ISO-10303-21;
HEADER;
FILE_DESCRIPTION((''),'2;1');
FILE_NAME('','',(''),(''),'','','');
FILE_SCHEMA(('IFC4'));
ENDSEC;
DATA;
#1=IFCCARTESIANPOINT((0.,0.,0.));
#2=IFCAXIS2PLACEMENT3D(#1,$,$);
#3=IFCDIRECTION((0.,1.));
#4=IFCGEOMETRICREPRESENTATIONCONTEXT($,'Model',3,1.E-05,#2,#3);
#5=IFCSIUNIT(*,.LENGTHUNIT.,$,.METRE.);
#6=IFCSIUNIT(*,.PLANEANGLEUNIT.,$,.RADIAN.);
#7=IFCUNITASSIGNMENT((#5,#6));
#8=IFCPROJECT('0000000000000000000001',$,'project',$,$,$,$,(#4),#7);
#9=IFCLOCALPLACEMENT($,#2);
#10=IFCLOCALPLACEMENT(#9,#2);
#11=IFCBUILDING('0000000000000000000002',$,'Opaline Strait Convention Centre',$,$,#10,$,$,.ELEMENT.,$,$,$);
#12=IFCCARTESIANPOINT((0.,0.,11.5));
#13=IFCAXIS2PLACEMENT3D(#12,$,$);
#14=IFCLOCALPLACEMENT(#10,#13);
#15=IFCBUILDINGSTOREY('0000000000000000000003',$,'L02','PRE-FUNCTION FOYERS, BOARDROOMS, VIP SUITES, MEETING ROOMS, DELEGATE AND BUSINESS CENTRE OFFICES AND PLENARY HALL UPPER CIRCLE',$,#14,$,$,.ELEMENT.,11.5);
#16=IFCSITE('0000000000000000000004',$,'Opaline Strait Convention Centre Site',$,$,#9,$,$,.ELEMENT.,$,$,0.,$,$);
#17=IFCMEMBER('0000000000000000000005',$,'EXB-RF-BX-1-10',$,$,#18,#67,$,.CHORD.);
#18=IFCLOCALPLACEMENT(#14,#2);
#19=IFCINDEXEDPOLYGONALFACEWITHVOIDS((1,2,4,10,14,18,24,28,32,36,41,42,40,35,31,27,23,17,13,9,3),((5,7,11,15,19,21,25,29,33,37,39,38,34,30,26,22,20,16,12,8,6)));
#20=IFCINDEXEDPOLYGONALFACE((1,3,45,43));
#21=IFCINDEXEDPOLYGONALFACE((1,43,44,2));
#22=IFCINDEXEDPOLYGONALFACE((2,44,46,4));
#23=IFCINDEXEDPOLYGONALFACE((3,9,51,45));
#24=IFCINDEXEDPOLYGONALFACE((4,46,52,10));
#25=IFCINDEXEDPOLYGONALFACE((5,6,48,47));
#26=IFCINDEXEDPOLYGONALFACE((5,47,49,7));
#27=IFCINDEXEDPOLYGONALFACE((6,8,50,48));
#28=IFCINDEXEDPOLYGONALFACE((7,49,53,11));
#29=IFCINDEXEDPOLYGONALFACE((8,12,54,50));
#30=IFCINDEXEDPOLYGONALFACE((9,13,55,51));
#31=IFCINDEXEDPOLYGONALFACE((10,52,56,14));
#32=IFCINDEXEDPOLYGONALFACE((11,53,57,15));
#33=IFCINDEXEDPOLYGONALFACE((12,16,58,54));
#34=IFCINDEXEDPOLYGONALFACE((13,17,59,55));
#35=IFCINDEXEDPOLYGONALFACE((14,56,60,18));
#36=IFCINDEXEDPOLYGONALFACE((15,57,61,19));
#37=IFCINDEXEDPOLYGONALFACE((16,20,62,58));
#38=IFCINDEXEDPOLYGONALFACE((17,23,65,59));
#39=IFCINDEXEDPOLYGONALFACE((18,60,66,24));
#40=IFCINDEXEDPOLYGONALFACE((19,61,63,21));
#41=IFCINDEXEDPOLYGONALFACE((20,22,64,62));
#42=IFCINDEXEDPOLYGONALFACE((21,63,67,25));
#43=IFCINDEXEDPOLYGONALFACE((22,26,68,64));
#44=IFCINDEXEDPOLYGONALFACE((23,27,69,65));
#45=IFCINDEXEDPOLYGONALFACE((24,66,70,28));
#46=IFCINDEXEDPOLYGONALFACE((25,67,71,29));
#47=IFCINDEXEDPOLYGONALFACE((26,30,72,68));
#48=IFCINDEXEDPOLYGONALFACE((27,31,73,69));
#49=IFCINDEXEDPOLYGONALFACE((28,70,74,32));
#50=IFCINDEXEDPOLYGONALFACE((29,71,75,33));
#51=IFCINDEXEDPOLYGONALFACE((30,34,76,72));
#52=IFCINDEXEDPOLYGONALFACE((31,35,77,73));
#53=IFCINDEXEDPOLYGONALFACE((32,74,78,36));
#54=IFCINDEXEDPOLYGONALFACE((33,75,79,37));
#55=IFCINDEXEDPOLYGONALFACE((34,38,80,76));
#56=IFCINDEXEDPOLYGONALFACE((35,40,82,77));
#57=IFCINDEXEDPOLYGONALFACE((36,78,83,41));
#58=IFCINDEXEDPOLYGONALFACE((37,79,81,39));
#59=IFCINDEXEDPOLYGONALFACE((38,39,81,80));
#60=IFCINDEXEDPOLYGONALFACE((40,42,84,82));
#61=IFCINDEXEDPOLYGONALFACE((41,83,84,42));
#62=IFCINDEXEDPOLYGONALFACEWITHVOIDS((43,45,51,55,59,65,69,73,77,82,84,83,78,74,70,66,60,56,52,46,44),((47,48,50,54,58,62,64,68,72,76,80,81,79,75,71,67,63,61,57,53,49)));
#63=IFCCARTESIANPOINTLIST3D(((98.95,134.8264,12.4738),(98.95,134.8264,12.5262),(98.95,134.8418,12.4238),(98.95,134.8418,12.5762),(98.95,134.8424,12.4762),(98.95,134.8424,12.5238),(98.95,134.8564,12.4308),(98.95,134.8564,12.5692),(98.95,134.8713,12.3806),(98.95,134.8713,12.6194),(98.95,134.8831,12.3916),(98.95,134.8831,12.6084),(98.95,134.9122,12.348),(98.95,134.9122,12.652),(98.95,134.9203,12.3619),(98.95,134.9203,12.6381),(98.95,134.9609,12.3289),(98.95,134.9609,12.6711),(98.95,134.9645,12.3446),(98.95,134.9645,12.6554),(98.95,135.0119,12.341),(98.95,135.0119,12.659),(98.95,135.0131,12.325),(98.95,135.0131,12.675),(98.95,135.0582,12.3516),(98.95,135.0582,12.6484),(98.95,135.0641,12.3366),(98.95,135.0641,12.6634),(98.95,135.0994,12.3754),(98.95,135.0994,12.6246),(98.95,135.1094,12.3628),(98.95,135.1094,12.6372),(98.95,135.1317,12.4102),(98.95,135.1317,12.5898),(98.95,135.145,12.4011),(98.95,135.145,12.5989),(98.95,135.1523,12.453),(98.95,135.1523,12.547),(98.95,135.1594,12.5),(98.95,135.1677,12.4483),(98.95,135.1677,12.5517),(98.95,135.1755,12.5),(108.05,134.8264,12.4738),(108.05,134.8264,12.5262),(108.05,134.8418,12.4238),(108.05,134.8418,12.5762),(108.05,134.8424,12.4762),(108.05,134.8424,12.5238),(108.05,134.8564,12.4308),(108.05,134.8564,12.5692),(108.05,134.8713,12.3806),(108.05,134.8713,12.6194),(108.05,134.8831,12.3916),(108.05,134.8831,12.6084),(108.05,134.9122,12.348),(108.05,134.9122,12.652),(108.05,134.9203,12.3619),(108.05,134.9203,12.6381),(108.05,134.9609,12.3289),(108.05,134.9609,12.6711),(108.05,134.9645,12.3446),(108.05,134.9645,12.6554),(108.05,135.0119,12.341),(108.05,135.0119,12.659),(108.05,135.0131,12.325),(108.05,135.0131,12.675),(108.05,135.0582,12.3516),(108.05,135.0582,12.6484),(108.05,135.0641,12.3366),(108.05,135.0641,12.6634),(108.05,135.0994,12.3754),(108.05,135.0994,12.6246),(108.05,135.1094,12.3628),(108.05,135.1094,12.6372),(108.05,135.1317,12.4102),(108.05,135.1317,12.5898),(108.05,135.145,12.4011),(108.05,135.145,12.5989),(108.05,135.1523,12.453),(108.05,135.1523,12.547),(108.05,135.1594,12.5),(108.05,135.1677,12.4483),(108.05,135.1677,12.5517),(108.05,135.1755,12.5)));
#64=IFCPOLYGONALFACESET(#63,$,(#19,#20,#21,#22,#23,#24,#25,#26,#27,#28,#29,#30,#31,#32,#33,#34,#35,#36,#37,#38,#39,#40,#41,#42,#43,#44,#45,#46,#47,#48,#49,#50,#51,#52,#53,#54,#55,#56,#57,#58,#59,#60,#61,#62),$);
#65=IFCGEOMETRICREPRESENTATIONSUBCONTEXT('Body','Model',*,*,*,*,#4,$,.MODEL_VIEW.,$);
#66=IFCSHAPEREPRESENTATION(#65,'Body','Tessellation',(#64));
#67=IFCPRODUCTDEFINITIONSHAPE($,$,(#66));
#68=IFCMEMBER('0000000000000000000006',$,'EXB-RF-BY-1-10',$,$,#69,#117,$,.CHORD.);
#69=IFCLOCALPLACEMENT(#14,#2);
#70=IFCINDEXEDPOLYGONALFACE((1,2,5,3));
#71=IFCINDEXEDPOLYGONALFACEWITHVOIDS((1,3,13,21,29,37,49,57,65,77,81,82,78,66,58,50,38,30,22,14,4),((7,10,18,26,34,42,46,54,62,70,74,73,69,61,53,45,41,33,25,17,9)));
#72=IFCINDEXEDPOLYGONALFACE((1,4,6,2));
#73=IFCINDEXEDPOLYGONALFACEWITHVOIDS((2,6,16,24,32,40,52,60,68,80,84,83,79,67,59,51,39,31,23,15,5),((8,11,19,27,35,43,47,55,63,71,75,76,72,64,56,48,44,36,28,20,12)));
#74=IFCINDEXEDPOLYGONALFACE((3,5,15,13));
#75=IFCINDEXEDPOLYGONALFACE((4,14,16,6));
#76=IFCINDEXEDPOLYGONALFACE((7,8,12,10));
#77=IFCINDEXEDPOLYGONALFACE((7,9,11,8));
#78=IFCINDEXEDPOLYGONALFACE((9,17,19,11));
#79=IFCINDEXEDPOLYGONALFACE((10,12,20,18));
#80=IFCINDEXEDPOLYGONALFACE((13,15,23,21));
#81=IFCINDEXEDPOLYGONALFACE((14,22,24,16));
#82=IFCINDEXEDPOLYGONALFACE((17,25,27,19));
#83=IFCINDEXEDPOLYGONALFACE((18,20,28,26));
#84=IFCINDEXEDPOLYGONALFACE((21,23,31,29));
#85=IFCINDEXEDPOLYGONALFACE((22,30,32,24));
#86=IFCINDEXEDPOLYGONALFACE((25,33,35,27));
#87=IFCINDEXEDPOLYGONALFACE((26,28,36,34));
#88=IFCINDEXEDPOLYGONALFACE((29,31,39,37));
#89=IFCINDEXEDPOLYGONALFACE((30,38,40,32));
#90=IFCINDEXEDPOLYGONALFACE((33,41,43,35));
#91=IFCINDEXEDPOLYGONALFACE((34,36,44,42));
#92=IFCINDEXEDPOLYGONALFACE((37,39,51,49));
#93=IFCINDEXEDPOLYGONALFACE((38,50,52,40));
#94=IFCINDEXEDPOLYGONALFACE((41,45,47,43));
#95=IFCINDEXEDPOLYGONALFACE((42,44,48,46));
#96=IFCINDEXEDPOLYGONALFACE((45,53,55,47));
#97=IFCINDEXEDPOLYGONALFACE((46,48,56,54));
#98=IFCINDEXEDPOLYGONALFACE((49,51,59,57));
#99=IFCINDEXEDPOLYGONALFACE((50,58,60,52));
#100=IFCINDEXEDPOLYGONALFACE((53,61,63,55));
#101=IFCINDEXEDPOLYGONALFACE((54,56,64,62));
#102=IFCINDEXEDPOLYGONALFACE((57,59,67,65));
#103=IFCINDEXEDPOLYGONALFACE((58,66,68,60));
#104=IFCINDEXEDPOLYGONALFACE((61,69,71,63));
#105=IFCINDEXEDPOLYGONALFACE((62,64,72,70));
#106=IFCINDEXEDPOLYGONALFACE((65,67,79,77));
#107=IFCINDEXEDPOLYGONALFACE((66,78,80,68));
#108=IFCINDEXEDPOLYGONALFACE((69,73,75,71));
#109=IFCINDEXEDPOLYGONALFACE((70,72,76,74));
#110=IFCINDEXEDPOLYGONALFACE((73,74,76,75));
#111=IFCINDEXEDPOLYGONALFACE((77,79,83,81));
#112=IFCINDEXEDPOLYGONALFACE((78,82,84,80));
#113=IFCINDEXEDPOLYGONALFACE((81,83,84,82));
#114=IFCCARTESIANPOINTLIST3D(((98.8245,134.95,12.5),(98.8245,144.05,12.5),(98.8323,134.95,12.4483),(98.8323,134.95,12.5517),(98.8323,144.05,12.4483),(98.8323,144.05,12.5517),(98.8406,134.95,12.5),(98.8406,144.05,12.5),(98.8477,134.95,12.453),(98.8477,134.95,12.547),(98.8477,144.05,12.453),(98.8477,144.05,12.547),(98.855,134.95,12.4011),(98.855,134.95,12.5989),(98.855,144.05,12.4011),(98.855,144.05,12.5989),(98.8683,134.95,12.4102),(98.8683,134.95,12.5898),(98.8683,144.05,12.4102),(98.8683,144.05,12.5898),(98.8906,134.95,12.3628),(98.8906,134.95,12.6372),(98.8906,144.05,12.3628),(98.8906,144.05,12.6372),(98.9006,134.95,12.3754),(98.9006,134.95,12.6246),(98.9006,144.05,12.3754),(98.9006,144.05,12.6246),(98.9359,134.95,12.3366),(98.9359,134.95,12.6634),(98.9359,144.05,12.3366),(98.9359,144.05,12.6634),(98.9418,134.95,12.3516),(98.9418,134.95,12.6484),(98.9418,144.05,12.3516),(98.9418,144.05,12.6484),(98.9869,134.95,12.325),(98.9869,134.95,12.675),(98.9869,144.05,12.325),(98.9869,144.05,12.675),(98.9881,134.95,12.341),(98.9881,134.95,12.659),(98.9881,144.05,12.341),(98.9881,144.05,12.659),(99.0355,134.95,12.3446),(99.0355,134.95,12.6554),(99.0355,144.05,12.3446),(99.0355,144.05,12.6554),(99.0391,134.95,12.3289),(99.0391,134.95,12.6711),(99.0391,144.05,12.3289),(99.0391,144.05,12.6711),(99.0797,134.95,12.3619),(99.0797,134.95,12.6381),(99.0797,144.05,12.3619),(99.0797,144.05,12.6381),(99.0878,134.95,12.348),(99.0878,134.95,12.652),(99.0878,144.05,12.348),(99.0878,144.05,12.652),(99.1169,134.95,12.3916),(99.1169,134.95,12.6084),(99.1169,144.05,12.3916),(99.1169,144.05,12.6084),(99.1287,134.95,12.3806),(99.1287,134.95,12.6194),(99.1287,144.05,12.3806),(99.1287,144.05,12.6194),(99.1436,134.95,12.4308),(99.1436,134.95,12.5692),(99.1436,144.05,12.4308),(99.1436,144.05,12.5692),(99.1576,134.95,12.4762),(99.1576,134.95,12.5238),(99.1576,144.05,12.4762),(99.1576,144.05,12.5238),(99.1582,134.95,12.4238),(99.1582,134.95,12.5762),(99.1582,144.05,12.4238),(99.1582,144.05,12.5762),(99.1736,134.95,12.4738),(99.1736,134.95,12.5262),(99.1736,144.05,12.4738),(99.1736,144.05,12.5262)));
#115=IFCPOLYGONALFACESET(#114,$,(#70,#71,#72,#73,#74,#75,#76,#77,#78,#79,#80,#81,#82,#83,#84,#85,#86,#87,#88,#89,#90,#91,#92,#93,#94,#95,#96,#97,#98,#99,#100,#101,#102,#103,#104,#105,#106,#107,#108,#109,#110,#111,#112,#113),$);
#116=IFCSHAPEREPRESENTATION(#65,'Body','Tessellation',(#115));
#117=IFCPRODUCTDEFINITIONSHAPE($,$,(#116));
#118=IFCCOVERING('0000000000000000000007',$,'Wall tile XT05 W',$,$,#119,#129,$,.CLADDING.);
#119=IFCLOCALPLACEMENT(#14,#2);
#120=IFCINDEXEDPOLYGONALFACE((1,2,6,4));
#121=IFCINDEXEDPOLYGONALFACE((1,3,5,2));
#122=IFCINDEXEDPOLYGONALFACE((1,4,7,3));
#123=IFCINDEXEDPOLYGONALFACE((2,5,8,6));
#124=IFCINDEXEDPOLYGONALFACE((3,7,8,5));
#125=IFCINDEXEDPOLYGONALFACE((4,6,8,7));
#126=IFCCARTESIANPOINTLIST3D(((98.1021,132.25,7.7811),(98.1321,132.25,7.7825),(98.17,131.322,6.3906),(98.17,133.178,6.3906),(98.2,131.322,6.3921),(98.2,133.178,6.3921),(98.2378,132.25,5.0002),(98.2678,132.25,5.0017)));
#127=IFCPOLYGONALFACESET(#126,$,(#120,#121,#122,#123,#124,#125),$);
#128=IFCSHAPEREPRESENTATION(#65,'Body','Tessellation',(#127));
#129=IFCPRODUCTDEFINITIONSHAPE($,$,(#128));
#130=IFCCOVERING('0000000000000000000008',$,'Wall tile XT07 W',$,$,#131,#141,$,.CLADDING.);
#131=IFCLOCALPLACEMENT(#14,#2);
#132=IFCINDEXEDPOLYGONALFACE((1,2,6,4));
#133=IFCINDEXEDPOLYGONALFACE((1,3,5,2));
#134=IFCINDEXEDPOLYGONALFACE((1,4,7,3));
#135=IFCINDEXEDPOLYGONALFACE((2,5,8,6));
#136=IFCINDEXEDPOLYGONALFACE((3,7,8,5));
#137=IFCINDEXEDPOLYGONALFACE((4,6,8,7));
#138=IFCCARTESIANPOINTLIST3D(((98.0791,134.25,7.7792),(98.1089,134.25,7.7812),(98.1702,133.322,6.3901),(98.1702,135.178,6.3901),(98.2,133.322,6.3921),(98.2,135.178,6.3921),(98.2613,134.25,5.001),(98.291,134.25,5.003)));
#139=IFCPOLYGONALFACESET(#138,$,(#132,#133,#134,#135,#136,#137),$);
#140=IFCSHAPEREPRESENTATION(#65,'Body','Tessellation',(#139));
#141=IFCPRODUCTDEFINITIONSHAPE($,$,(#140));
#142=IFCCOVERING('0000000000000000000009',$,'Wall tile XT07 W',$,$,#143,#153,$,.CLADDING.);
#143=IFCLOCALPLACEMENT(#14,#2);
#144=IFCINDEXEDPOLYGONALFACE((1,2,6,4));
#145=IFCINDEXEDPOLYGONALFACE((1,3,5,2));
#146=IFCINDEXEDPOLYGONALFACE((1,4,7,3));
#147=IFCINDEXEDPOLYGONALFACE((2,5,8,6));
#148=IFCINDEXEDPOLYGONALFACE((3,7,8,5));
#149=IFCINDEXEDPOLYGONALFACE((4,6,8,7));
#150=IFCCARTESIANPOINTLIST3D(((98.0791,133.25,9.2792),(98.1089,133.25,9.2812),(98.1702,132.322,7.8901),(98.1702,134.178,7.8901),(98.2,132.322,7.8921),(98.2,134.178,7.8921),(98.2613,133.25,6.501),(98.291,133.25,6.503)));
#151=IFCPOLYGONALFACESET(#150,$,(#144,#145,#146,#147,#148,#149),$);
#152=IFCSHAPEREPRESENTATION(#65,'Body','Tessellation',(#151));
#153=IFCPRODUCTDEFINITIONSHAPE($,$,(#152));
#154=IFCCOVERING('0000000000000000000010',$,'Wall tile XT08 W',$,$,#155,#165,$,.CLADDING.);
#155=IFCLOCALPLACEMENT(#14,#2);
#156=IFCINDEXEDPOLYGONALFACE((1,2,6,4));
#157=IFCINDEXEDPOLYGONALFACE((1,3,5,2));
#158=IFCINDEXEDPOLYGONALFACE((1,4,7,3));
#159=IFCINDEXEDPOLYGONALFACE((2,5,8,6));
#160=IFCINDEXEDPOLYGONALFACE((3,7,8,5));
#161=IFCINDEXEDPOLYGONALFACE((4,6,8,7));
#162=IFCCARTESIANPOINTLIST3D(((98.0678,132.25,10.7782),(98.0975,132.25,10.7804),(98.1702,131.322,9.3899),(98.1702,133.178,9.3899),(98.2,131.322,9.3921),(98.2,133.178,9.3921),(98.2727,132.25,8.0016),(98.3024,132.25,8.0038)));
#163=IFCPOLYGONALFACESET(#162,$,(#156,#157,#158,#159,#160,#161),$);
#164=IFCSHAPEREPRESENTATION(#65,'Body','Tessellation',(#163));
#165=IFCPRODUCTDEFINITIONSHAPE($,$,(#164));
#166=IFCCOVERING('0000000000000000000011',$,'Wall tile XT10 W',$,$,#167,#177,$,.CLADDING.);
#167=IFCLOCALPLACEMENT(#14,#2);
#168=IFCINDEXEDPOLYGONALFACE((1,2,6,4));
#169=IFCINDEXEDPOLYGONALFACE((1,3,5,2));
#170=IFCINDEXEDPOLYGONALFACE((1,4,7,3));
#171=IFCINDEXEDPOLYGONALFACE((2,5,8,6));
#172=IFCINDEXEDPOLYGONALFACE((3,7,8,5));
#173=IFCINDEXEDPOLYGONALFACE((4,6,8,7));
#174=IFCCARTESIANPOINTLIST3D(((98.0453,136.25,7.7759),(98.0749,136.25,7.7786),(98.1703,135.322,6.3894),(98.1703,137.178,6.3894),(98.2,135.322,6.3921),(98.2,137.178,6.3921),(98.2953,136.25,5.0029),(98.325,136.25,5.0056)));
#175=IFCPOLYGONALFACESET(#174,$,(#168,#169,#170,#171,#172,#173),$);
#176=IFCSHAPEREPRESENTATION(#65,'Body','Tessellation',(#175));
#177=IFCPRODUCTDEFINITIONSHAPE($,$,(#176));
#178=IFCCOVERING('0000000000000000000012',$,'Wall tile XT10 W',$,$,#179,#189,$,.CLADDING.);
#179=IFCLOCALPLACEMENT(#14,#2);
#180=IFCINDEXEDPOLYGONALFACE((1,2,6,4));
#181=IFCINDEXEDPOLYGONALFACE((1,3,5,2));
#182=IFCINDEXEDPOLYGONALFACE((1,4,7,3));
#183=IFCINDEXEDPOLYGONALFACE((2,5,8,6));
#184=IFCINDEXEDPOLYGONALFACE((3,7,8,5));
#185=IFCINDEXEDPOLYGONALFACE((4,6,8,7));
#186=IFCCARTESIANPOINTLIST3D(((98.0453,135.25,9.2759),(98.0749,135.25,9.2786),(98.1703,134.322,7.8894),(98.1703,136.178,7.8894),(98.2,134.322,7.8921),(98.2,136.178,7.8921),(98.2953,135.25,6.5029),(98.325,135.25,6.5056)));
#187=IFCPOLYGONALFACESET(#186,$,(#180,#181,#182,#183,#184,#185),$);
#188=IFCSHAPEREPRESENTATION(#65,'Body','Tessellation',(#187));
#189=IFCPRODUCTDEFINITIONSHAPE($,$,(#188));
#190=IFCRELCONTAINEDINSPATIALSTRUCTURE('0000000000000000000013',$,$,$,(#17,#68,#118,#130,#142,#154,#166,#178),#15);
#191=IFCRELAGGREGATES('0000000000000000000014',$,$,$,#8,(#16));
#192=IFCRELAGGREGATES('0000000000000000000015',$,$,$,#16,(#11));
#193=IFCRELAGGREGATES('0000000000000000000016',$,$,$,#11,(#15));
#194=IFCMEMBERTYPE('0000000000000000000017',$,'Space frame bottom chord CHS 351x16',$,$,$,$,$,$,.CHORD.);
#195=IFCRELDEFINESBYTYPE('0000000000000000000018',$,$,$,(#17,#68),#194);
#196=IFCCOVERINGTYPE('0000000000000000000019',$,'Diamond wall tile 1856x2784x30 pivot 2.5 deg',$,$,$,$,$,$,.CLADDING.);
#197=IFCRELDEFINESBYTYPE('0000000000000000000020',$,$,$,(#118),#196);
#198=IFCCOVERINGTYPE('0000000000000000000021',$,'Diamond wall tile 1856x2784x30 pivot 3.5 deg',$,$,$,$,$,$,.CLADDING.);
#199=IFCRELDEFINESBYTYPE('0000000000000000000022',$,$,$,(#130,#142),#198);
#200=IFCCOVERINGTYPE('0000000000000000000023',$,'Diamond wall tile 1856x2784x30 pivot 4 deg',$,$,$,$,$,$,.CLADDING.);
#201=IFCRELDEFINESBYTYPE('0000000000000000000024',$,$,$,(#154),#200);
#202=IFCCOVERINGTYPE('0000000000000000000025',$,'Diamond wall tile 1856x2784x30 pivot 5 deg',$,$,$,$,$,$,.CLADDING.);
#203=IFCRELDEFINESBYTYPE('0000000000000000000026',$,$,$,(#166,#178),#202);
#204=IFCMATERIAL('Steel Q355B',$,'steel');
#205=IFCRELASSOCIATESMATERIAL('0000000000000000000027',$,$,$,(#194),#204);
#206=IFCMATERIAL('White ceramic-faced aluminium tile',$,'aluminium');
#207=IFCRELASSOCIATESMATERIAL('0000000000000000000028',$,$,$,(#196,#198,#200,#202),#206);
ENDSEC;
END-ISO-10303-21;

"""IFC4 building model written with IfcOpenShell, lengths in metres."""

from ifc_helpers import new_model, si_unit, direction, frame, origin, origin_2d, place, context, subcontext, project, spatial, polyline, hollow_circle, outline, extrude, material, material_profile, profile_set, type_object, element, save


model = new_model("IFC4")

# Units and contexts
model_context = context("Model", 3, precision=1e-05, world=origin(), true_north=direction((0.0, 1.0)))
body_context = subcontext(model_context, "Body", "Model", "MODEL_VIEW")
ifc_project = project(units=[si_unit("LENGTHUNIT", "METRE"), si_unit("PLANEANGLEUNIT", "RADIAN")], contexts=[model_context])

# Site, building, storey
site_placement = place(None, origin())
site = spatial("IfcSite", under=ifc_project, at=site_placement, Name="Opaline Strait Convention Centre Site", CompositionType="ELEMENT", RefElevation=0.0)
building_placement = place(site_placement, origin())
building = spatial("IfcBuilding", under=site, at=building_placement, Name="Opaline Strait Convention Centre", CompositionType="ELEMENT")
storey_placement = place(building_placement, frame((0.0, 0.0, 11.5)))
storey = spatial("IfcBuildingStorey", under=building, at=storey_placement, Name="L02", Description="PRE-FUNCTION FOYERS, BOARDROOMS, VIP SUITES, MEETING ROOMS, DELEGATE AND BUSINESS CENTRE OFFICES AND PLENARY HALL UPPER CIRCLE", CompositionType="ELEMENT", Elevation=11.5)

# Members
ifc_material_1 = material(Name="Steel Q355B", Category="steel")
ifc_material_profile_1 = material_profile(ifc_material_1, hollow_circle(Radius=0.1755, WallThickness=0.0161, at=origin_2d()), Name="CHS 351x16")
ifc_profile_set_1 = profile_set([ifc_material_profile_1], Name="Steel Q355B")
member_type = type_object("IfcMemberType", Name="Space frame bottom chord CHS 351x16", PredefinedType="CHORD", material=ifc_profile_set_1)
for number, where, z_axis, x_axis, name in (
    (1, (98.95, 135.0, 12.5), (1.0, 0.0, 0.0), (0.0, 1.0, 0.0), "EXB-RF-BX-1-10"),
    (2, (99.0, 134.95, 12.5), (0.0, 1.0, 0.0), (-1.0, 0.0, 0.0), "EXB-RF-BY-1-10"),
):
    element("IfcMember", number, at=place(storey_placement, frame(where, z_axis=z_axis, x_axis=x_axis)), inside=storey, type_object=member_type, Name=name, PredefinedType="CHORD", context=body_context, shape_type="SweptSolid", body=[
        extrude(hollow_circle(Radius=0.1755, WallThickness=0.0161, at=origin_2d()), origin(), (0.0, 0.0, 1.0), 9.1001),
    ])

# Coverings
ifc_material_2 = material(Name="White ceramic-faced aluminium tile", Category="aluminium")
ifc_material_profile_2 = material_profile(ifc_material_2, outline(polyline([(0.928, 0.0), (0.0, 1.3921), (-0.928, 0.0), (0.0, -1.3921), (0.928, 0.0)])), Name="Diamond tile 1856x2784")
ifc_profile_set_2 = profile_set([ifc_material_profile_2], Name="White ceramic-faced aluminium tile")
covering_type_1 = type_object("IfcCoveringType", Name="Diamond wall tile 1856x2784x30 pivot 2.5 deg", PredefinedType="CLADDING", material=ifc_profile_set_2)
covering_1_placement = place(storey_placement, frame((98.2, 132.25, 6.3921), z_axis=(-0.998812, 0.0, -0.048723), x_axis=(0.0, -1.0, 0.0)))
element("IfcCovering", 3, at=covering_1_placement, inside=storey, type_object=covering_type_1, Name="Wall tile XT05 W", PredefinedType="CLADDING", context=body_context, shape_type="SweptSolid", body=[
    extrude(outline(polyline([(0.928, 0.0), (0.0, 1.3921), (-0.928, 0.0), (0.0, -1.3921), (0.928, 0.0)])), origin(), (0.0, 0.0, 1.0), 0.03),
])
ifc_material_profile_3 = material_profile(ifc_material_2, outline(polyline([(0.928, 0.0), (0.0, 1.3921), (-0.928, 0.0), (0.0, -1.3921), (0.928, 0.0)])), Name="Diamond tile 1856x2784")
ifc_profile_set_3 = profile_set([ifc_material_profile_3], Name="White ceramic-faced aluminium tile")
covering_type_2 = type_object("IfcCoveringType", Name="Diamond wall tile 1856x2784x30 pivot 3.5 deg", PredefinedType="CLADDING", material=ifc_profile_set_3)
for number, where, z_axis, x_axis, name in (
    (4, (98.2, 134.25, 6.3921), (-0.997857, 0.0, -0.065433), (0.0, -1.0, 0.0), "Wall tile XT07 W"),
    (5, (98.2, 133.25, 7.8921), (-0.997857, 0.0, -0.065433), (0.0, -1.0, 0.0), "Wall tile XT07 W"),
):
    element("IfcCovering", number, at=place(storey_placement, frame(where, z_axis=z_axis, x_axis=x_axis)), inside=storey, type_object=covering_type_2, Name=name, PredefinedType="CLADDING", context=body_context, shape_type="SweptSolid", body=[
        extrude(outline(polyline([(0.928, 0.0), (0.0, 1.3921), (-0.928, 0.0), (0.0, -1.3921), (0.928, 0.0)])), origin(), (0.0, 0.0, 1.0), 0.0298),
    ])
ifc_material_profile_4 = material_profile(ifc_material_2, outline(polyline([(0.928, 0.0), (0.0, 1.3921), (-0.928, 0.0), (0.0, -1.3921), (0.928, 0.0)])), Name="Diamond tile 1856x2784")
ifc_profile_set_4 = profile_set([ifc_material_profile_4], Name="White ceramic-faced aluminium tile")
covering_type_3 = type_object("IfcCoveringType", Name="Diamond wall tile 1856x2784x30 pivot 4 deg", PredefinedType="CLADDING", material=ifc_profile_set_4)
covering_2_placement = place(storey_placement, frame((98.2, 132.25, 9.3921), z_axis=(-0.99729, 0.0, -0.073571), x_axis=(0.0, -1.0, 0.0)))
element("IfcCovering", 6, at=covering_2_placement, inside=storey, type_object=covering_type_3, Name="Wall tile XT08 W", PredefinedType="CLADDING", context=body_context, shape_type="SweptSolid", body=[
    extrude(outline(polyline([(0.928, 0.0), (0.0, 1.3921), (-0.928, 0.0), (0.0, -1.3921), (0.928, 0.0)])), origin(), (0.0, 0.0, 1.0), 0.0298),
])
ifc_material_profile_5 = material_profile(ifc_material_2, outline(polyline([(0.928, 0.0), (0.0, 1.3921), (-0.928, 0.0), (0.0, -1.3921), (0.928, 0.0)])), Name="Diamond tile 1856x2784")
ifc_profile_set_5 = profile_set([ifc_material_profile_5], Name="White ceramic-faced aluminium tile")
covering_type_4 = type_object("IfcCoveringType", Name="Diamond wall tile 1856x2784x30 pivot 5 deg", PredefinedType="CLADDING", material=ifc_profile_set_5)
for number, where, z_axis, x_axis, name in (
    (7, (98.2, 136.25, 6.3921), (-0.99596, 0.0, -0.0898), (0.0, -1.0, 0.0), "Wall tile XT10 W"),
    (8, (98.2, 135.25, 7.8921), (-0.99596, 0.0, -0.0898), (0.0, -1.0, 0.0), "Wall tile XT10 W"),
):
    element("IfcCovering", number, at=place(storey_placement, frame(where, z_axis=z_axis, x_axis=x_axis)), inside=storey, type_object=covering_type_4, Name=name, PredefinedType="CLADDING", context=body_context, shape_type="SweptSolid", body=[
        extrude(outline(polyline([(0.928, 0.0), (0.0, 1.3921), (-0.928, 0.0), (0.0, -1.3921), (0.928, 0.0)])), origin(), (0.0, 0.0, 1.0), 0.0298),
    ])

save(model, "model.ifc")
